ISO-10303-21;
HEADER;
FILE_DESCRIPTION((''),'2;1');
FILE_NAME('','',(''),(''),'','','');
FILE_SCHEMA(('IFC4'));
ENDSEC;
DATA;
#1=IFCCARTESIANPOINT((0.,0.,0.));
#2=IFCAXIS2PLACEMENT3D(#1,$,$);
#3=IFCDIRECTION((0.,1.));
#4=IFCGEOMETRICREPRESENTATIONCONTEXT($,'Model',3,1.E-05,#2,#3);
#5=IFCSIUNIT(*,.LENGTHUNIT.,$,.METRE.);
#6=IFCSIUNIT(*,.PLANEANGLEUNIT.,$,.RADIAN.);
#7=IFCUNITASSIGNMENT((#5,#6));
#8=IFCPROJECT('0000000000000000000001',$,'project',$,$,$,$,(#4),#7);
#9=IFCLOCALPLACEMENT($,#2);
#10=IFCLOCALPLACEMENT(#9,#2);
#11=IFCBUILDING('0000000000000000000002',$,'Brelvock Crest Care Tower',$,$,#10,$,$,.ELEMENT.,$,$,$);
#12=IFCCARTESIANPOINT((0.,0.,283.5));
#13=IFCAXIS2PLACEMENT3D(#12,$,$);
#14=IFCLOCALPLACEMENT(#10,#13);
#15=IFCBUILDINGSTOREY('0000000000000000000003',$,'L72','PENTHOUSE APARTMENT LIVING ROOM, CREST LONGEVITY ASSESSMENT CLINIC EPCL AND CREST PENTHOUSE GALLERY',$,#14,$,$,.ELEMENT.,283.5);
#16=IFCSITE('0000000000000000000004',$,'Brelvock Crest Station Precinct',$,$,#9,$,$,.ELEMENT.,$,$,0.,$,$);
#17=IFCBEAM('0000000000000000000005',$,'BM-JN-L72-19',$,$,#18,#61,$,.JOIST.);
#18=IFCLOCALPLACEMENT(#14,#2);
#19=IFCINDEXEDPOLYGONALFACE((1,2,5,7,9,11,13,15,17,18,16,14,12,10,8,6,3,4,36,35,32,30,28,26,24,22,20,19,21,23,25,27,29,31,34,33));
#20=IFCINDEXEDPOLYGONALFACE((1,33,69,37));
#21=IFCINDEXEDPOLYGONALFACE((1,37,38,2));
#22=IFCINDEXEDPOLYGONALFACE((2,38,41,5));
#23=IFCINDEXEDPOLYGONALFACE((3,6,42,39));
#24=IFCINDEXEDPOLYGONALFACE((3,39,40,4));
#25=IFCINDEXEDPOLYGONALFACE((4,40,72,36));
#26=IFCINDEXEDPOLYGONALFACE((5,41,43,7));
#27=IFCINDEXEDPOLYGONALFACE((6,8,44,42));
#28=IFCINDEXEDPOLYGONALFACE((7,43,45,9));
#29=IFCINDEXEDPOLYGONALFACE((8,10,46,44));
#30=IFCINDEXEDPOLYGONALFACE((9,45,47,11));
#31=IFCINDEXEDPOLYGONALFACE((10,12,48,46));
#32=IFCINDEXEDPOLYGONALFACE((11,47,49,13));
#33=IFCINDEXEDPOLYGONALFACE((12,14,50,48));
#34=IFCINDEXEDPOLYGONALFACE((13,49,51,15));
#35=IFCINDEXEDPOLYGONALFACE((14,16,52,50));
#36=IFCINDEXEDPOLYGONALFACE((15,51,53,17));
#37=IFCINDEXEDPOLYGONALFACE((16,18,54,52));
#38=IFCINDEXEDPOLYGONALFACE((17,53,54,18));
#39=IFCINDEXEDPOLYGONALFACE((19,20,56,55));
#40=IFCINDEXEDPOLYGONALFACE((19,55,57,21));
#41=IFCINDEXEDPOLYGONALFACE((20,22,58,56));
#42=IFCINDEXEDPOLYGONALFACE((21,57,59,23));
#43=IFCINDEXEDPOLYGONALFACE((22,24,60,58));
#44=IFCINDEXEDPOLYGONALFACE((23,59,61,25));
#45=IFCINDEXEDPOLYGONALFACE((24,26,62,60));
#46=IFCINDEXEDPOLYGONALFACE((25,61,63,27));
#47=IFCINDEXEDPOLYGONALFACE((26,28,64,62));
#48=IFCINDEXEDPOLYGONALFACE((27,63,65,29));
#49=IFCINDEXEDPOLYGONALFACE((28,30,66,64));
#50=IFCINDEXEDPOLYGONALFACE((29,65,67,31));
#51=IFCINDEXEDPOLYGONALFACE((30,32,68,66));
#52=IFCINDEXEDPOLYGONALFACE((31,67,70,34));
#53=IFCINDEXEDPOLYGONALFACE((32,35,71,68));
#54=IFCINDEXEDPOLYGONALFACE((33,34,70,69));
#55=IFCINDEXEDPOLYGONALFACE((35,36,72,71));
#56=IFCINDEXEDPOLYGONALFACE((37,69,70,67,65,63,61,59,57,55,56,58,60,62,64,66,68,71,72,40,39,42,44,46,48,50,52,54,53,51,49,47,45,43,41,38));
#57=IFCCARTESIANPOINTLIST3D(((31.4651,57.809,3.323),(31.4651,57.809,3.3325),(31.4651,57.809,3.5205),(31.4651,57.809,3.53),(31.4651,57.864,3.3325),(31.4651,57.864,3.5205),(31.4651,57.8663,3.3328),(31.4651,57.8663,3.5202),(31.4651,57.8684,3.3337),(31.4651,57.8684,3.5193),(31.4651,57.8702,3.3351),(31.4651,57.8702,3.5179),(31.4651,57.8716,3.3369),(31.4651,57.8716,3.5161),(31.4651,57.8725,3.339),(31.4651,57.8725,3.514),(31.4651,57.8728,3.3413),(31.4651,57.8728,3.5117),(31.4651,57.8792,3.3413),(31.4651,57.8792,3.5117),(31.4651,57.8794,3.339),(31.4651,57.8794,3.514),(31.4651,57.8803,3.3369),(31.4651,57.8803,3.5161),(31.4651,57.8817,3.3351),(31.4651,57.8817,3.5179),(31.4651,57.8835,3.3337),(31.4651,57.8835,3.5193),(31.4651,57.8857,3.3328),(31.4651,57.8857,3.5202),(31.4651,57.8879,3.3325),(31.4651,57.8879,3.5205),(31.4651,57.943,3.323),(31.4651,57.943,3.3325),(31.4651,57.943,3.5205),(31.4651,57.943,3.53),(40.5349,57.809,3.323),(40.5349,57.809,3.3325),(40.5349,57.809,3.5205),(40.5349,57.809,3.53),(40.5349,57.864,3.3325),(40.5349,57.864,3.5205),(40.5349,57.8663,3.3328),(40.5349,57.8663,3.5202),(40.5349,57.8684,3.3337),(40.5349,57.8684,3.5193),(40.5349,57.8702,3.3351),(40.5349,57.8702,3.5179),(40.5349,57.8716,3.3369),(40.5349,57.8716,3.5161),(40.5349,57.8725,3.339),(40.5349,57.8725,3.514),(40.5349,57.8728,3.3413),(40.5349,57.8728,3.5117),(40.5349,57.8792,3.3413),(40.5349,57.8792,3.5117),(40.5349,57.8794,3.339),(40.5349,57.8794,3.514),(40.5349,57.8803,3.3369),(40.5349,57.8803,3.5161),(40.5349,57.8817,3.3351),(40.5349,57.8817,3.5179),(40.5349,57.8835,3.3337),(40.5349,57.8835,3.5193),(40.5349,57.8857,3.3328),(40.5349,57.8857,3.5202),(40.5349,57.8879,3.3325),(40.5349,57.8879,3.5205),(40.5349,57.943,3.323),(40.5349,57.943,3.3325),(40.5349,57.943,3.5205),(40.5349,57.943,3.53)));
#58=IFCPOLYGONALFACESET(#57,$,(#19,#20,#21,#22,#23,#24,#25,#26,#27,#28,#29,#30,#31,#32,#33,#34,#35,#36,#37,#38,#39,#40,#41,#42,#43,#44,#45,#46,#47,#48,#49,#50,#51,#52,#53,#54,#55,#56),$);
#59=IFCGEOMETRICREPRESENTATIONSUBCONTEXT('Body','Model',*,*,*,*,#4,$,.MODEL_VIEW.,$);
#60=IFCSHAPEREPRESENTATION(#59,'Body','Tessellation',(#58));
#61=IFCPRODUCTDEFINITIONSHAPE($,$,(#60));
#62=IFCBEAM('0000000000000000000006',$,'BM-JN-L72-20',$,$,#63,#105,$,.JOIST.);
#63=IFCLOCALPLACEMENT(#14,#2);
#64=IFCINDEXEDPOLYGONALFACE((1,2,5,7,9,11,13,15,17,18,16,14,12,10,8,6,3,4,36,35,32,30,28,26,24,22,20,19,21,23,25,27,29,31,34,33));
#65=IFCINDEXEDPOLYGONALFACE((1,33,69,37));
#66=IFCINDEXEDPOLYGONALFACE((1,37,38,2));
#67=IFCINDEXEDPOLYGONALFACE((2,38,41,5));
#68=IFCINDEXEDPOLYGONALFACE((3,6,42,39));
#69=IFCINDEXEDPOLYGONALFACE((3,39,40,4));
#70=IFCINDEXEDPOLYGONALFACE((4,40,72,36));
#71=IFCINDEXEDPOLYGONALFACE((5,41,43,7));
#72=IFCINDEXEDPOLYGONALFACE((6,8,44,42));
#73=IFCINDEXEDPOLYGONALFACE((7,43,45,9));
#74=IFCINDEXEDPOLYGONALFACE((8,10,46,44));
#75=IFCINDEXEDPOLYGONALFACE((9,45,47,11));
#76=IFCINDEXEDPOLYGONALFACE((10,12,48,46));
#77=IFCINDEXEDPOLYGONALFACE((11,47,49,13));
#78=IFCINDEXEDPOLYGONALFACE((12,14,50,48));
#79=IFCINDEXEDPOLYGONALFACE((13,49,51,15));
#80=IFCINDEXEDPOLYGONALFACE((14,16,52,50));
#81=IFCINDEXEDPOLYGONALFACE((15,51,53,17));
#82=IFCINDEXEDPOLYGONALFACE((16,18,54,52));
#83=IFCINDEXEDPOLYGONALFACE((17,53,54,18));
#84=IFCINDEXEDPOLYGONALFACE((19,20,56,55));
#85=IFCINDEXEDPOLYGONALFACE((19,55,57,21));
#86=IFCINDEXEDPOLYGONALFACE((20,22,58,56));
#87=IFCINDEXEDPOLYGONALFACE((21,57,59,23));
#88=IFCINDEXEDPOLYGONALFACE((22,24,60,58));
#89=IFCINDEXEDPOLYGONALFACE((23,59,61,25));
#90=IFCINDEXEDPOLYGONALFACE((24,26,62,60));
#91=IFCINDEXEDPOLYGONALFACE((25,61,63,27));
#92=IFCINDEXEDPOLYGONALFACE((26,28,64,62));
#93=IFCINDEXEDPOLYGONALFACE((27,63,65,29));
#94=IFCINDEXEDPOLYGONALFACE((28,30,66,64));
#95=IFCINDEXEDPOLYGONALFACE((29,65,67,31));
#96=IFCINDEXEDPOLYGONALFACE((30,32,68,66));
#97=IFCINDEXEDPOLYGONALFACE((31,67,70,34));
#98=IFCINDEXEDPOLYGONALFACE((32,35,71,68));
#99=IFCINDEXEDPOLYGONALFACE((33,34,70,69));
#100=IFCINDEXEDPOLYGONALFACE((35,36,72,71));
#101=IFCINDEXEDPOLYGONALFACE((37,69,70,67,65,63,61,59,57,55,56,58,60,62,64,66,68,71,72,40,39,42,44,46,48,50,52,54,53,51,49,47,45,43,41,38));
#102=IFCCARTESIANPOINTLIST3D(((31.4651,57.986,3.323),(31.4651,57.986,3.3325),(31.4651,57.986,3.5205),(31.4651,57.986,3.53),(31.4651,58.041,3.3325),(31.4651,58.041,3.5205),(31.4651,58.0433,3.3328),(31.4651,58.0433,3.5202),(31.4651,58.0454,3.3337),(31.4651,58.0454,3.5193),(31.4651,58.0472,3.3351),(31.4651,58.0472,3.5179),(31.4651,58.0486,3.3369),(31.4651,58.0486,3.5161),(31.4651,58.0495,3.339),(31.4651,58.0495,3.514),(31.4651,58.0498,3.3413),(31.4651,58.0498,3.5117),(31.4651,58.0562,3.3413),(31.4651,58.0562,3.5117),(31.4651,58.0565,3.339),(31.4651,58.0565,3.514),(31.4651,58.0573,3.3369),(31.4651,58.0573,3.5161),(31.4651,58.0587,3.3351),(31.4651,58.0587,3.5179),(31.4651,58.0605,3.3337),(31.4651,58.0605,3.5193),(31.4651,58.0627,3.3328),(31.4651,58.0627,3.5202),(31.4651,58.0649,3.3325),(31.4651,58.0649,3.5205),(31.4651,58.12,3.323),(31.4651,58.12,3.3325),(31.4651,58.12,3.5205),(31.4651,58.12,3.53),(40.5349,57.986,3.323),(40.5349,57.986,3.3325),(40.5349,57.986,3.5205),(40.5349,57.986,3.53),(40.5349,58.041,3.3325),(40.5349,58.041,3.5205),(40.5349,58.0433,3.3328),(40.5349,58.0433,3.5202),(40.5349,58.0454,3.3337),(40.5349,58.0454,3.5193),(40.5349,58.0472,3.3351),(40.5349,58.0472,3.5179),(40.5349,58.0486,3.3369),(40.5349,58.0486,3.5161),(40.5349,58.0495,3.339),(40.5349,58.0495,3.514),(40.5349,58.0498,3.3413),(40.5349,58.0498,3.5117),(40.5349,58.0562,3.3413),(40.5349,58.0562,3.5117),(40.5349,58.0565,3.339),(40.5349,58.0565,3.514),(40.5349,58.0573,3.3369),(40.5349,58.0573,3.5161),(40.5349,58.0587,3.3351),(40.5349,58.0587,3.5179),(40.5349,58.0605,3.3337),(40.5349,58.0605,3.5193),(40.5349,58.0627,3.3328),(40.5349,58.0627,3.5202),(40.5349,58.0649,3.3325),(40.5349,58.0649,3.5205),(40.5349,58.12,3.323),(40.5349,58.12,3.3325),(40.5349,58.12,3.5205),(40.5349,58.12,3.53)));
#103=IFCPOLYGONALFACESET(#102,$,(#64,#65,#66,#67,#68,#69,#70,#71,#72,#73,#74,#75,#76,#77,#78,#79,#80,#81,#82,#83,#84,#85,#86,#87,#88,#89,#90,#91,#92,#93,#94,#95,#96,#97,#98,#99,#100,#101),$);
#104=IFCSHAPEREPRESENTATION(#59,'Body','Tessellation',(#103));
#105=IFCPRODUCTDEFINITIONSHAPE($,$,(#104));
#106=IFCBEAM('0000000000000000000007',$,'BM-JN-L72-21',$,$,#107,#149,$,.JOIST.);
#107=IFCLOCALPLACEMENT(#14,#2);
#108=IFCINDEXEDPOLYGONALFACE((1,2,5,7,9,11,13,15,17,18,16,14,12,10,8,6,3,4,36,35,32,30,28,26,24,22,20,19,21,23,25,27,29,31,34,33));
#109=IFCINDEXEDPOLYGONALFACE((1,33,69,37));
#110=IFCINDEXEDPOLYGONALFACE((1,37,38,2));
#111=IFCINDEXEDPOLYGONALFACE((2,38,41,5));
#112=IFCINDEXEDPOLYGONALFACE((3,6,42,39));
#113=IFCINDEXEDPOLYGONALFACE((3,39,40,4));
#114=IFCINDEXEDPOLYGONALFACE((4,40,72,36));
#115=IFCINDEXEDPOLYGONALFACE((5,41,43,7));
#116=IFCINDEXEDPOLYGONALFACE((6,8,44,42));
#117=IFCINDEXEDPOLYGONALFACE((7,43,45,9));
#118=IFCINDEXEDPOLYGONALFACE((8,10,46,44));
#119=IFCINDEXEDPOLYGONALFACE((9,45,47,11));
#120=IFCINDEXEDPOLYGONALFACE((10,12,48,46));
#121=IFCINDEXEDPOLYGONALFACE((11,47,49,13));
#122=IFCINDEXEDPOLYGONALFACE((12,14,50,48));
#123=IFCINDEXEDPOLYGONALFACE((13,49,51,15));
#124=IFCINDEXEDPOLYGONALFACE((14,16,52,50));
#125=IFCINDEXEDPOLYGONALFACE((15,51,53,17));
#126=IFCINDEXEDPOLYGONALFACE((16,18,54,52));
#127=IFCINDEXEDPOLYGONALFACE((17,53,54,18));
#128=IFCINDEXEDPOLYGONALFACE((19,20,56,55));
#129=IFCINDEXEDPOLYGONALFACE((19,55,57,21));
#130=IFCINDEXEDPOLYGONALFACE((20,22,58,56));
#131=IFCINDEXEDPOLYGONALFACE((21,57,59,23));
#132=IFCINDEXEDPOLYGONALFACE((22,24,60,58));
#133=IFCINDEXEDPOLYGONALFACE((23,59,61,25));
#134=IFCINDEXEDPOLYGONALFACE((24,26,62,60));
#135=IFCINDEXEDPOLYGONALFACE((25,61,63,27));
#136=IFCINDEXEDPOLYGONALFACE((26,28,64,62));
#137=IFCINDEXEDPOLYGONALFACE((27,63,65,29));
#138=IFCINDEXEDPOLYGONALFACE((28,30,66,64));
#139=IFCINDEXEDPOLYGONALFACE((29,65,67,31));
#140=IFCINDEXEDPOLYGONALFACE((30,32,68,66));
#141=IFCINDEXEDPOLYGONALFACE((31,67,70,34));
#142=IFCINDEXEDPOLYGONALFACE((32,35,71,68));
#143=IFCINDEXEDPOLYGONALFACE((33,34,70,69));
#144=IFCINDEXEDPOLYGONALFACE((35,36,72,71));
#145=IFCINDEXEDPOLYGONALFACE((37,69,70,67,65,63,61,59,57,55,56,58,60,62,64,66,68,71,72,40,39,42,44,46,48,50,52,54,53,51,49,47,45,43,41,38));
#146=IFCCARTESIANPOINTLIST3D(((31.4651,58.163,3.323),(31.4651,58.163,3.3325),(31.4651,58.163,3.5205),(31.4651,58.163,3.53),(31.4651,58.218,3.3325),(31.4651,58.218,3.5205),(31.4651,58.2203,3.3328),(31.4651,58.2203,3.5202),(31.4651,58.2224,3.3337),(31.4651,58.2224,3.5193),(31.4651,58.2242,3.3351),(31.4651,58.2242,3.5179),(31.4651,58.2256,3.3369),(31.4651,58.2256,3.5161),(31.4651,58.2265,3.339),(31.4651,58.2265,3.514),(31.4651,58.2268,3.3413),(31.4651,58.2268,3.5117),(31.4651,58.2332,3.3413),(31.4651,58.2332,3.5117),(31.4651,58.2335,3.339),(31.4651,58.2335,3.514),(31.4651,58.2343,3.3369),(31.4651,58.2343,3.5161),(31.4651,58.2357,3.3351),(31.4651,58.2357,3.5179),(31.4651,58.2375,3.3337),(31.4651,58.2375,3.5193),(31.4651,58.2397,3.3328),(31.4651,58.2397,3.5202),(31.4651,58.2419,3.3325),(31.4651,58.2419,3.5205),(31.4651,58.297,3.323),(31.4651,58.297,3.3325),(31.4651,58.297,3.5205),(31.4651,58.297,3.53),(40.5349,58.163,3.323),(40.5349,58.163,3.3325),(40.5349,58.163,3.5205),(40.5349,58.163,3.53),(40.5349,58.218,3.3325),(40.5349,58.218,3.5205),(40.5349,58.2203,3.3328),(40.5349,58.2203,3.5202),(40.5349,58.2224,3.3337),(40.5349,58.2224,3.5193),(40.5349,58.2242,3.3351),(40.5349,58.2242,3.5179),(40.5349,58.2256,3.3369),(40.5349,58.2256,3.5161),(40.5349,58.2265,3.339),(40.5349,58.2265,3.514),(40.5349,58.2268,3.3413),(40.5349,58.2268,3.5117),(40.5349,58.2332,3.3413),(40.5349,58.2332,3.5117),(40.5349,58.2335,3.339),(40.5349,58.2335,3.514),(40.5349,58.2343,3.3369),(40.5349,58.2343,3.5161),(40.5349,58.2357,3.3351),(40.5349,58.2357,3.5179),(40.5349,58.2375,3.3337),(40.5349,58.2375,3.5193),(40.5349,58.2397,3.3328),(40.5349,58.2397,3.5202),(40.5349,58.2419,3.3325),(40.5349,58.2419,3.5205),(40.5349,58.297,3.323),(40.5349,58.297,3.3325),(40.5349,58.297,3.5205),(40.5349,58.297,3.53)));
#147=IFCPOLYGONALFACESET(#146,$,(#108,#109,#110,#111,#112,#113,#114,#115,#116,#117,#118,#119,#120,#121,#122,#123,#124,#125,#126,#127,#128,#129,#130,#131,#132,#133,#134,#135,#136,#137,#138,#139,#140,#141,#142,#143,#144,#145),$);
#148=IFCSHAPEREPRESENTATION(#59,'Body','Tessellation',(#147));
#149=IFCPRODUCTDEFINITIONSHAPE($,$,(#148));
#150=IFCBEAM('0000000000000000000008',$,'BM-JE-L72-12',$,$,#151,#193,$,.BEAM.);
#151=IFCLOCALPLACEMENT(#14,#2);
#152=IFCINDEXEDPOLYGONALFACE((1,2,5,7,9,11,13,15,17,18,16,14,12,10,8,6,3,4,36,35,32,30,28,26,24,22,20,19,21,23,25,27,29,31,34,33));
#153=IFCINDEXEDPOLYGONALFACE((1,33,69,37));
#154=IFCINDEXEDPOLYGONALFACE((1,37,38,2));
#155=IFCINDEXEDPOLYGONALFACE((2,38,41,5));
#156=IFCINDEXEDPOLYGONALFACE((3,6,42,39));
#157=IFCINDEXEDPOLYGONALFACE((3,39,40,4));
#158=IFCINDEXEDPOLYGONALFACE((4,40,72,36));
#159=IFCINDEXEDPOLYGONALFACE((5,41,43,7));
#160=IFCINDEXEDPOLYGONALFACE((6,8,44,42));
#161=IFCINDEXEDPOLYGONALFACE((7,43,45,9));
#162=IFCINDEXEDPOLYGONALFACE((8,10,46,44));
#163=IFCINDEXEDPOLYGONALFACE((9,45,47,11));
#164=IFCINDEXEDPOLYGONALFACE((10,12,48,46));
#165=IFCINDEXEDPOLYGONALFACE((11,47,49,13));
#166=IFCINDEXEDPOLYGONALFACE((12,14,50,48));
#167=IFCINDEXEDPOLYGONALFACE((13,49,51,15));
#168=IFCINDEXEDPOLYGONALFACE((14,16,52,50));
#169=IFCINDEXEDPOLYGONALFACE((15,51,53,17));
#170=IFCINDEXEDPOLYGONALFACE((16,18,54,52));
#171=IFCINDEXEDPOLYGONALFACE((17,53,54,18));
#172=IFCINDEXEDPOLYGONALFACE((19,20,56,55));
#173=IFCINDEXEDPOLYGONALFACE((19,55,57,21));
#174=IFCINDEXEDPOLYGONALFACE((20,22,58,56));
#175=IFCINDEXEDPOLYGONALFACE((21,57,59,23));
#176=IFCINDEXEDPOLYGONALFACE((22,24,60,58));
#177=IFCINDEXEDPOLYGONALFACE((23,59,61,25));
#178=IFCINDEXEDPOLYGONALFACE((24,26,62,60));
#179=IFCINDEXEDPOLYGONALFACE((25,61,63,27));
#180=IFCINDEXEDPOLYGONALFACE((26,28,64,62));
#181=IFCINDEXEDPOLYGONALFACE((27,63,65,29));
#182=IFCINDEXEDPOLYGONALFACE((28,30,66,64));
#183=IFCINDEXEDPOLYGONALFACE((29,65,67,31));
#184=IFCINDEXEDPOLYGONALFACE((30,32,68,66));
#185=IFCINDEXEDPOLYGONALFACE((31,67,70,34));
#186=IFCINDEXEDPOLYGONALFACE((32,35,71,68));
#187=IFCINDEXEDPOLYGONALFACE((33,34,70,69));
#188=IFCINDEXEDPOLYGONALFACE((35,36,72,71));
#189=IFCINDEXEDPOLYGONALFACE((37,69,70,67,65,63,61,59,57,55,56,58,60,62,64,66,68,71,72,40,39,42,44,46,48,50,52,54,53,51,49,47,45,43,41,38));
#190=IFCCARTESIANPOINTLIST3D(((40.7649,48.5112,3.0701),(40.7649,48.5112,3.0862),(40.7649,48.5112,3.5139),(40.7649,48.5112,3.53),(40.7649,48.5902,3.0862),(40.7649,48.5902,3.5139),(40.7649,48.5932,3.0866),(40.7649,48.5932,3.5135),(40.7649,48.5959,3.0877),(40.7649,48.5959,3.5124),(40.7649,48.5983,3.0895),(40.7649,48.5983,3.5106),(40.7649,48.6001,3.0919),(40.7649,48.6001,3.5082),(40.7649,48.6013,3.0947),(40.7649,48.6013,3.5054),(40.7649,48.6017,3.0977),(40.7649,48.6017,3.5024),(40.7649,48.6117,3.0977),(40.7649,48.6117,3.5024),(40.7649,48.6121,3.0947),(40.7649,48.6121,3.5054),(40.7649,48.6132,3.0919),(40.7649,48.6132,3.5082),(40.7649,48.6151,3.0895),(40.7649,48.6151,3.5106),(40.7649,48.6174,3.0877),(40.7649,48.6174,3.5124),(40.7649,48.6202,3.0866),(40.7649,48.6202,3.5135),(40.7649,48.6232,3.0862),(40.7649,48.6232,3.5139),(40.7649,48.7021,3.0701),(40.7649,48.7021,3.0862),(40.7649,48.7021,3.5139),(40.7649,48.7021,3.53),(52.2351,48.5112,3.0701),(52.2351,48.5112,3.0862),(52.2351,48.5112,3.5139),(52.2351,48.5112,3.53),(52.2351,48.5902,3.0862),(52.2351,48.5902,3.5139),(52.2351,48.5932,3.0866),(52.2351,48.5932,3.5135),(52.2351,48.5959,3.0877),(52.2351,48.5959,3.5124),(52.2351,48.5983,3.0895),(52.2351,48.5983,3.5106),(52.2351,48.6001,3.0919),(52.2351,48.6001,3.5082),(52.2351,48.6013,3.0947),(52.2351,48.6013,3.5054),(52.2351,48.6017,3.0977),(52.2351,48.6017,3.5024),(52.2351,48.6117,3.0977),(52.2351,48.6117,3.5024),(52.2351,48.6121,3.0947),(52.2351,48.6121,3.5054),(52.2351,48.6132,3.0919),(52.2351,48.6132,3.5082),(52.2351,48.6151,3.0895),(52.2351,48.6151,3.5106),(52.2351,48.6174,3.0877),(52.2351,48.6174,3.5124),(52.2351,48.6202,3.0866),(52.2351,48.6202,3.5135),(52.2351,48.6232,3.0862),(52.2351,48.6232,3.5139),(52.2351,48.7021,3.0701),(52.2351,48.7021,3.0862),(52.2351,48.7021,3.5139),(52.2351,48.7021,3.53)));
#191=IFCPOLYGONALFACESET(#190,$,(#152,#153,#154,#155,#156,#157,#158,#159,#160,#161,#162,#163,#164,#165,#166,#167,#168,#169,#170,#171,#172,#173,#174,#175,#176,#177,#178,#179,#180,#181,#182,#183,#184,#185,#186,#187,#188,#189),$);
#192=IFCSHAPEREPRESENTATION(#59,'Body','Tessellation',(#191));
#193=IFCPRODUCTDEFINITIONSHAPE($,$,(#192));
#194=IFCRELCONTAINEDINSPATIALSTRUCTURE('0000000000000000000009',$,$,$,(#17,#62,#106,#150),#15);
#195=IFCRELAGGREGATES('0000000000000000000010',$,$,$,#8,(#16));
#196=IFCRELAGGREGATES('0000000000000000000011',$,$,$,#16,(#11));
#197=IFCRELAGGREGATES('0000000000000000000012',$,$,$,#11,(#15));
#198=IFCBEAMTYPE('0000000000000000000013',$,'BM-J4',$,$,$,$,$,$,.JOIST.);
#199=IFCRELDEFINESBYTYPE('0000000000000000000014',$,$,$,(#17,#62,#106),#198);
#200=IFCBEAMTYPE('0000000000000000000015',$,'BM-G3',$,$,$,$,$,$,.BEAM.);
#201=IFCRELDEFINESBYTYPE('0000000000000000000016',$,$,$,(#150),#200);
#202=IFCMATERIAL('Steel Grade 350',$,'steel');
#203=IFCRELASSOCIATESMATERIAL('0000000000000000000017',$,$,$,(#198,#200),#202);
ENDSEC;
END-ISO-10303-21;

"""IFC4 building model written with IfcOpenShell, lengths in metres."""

from ifc_helpers import new_model, si_unit, direction, frame, origin, origin_2d, place, context, subcontext, project, spatial, i_section, extrude, source, transform, mapped, material, material_profile, profile_set, type_object, element, save


model = new_model("IFC4")

# Units and contexts
model_context = context("Model", 3, precision=1e-05, world=origin(), true_north=direction((0.0, 1.0)))
body_context = subcontext(model_context, "Body", "Model", "MODEL_VIEW")
ifc_project = project(units=[si_unit("LENGTHUNIT", "METRE"), si_unit("PLANEANGLEUNIT", "RADIAN")], contexts=[model_context])

# Site, building, storey
site_placement = place(None, origin())
site = spatial("IfcSite", under=ifc_project, at=site_placement, Name="Brelvock Crest Station Precinct", CompositionType="ELEMENT", RefElevation=0.0)
building_placement = place(site_placement, origin())
building = spatial("IfcBuilding", under=site, at=building_placement, Name="Brelvock Crest Care Tower", CompositionType="ELEMENT")
storey_placement = place(building_placement, frame((0.0, 0.0, 283.5)))
storey = spatial("IfcBuildingStorey", under=building, at=storey_placement, Name="L72", Description="PENTHOUSE APARTMENT LIVING ROOM, CREST LONGEVITY ASSESSMENT CLINIC EPCL AND CREST PENTHOUSE GALLERY", CompositionType="ELEMENT", Elevation=283.5)

# Beams
ifc_material_1 = material(Name="Steel Grade 350", Category="steel")
ifc_material_profile_1 = material_profile(ifc_material_1, i_section(OverallWidth=0.134, OverallDepth=0.207, WebThickness=0.0063, FlangeThickness=0.0095, FilletRadius=0.0088, at=origin_2d()), Name="200UB29.8")
ifc_profile_set_1 = profile_set([ifc_material_profile_1], Name="Steel Grade 350")
beam_type_1 = type_object("IfcBeamType", Name="BM-J4", PredefinedType="JOIST", material=ifc_profile_set_1)
shared_shape_1 = source(origin(), body_context, "Body", "SweptSolid", [
    extrude(i_section(OverallWidth=0.134, OverallDepth=0.207, WebThickness=0.0063, FlangeThickness=0.0095, FilletRadius=0.0088, at=origin_2d()), origin(), (0.0, 0.0, 1.0), 9.0698),
])
for number, where, z_axis, x_axis, name in (
    (1, (31.4651, 57.876, 3.4265), (1.0, 0.0, 0.0), (0.0, 1.0, 0.0), "BM-JN-L72-19"),
    (2, (31.4651, 58.053, 3.4265), (1.0, 0.0, 0.0), (0.0, 1.0, 0.0), "BM-JN-L72-20"),
    (3, (31.4651, 58.23, 3.4265), (1.0, 0.0, 0.0), (0.0, 1.0, 0.0), "BM-JN-L72-21"),
):
    element("IfcBeam", number, at=place(storey_placement, frame(where, z_axis=z_axis, x_axis=x_axis)), inside=storey, type_object=beam_type_1, Name=name, PredefinedType="JOIST", context=body_context, shape_type="MappedRepresentation", body=[
        mapped(shared_shape_1, transform((0.0, 0.0, 0.0), x_axis=(1.0, 0.0, 0.0), y_axis=(0.0, 1.0, 0.0), z_axis=(0.0, 0.0, 1.0), scale=1.0)),
    ])
ifc_material_profile_2 = material_profile(ifc_material_1, i_section(OverallWidth=0.1909, OverallDepth=0.46, WebThickness=0.01, FlangeThickness=0.0161, FilletRadius=0.0115, at=origin_2d()), Name="460UB82.1")
ifc_profile_set_2 = profile_set([ifc_material_profile_2], Name="Steel Grade 350")
beam_type_2 = type_object("IfcBeamType", Name="BM-G3", PredefinedType="BEAM", material=ifc_profile_set_2)
shared_shape_2 = source(origin(), body_context, "Body", "SweptSolid", [
    extrude(i_section(OverallWidth=0.1909, OverallDepth=0.46, WebThickness=0.01, FlangeThickness=0.0161, FilletRadius=0.0115, at=origin_2d()), origin(), (0.0, 0.0, 1.0), 11.4702),
])
for number, where, z_axis, x_axis, name in (
    (4, (40.7649, 48.6067, 3.3), (1.0, 0.0, 0.0), (0.0, 1.0, 0.0), "BM-JE-L72-12"),
):
    element("IfcBeam", number, at=place(storey_placement, frame(where, z_axis=z_axis, x_axis=x_axis)), inside=storey, type_object=beam_type_2, Name=name, PredefinedType="BEAM", context=body_context, shape_type="MappedRepresentation", body=[
        mapped(shared_shape_2, transform((0.0, 0.0, 0.0), x_axis=(1.0, 0.0, 0.0), y_axis=(0.0, 1.0, 0.0), z_axis=(0.0, 0.0, 1.0), scale=1.0)),
    ])

save(model, "model.ifc")
